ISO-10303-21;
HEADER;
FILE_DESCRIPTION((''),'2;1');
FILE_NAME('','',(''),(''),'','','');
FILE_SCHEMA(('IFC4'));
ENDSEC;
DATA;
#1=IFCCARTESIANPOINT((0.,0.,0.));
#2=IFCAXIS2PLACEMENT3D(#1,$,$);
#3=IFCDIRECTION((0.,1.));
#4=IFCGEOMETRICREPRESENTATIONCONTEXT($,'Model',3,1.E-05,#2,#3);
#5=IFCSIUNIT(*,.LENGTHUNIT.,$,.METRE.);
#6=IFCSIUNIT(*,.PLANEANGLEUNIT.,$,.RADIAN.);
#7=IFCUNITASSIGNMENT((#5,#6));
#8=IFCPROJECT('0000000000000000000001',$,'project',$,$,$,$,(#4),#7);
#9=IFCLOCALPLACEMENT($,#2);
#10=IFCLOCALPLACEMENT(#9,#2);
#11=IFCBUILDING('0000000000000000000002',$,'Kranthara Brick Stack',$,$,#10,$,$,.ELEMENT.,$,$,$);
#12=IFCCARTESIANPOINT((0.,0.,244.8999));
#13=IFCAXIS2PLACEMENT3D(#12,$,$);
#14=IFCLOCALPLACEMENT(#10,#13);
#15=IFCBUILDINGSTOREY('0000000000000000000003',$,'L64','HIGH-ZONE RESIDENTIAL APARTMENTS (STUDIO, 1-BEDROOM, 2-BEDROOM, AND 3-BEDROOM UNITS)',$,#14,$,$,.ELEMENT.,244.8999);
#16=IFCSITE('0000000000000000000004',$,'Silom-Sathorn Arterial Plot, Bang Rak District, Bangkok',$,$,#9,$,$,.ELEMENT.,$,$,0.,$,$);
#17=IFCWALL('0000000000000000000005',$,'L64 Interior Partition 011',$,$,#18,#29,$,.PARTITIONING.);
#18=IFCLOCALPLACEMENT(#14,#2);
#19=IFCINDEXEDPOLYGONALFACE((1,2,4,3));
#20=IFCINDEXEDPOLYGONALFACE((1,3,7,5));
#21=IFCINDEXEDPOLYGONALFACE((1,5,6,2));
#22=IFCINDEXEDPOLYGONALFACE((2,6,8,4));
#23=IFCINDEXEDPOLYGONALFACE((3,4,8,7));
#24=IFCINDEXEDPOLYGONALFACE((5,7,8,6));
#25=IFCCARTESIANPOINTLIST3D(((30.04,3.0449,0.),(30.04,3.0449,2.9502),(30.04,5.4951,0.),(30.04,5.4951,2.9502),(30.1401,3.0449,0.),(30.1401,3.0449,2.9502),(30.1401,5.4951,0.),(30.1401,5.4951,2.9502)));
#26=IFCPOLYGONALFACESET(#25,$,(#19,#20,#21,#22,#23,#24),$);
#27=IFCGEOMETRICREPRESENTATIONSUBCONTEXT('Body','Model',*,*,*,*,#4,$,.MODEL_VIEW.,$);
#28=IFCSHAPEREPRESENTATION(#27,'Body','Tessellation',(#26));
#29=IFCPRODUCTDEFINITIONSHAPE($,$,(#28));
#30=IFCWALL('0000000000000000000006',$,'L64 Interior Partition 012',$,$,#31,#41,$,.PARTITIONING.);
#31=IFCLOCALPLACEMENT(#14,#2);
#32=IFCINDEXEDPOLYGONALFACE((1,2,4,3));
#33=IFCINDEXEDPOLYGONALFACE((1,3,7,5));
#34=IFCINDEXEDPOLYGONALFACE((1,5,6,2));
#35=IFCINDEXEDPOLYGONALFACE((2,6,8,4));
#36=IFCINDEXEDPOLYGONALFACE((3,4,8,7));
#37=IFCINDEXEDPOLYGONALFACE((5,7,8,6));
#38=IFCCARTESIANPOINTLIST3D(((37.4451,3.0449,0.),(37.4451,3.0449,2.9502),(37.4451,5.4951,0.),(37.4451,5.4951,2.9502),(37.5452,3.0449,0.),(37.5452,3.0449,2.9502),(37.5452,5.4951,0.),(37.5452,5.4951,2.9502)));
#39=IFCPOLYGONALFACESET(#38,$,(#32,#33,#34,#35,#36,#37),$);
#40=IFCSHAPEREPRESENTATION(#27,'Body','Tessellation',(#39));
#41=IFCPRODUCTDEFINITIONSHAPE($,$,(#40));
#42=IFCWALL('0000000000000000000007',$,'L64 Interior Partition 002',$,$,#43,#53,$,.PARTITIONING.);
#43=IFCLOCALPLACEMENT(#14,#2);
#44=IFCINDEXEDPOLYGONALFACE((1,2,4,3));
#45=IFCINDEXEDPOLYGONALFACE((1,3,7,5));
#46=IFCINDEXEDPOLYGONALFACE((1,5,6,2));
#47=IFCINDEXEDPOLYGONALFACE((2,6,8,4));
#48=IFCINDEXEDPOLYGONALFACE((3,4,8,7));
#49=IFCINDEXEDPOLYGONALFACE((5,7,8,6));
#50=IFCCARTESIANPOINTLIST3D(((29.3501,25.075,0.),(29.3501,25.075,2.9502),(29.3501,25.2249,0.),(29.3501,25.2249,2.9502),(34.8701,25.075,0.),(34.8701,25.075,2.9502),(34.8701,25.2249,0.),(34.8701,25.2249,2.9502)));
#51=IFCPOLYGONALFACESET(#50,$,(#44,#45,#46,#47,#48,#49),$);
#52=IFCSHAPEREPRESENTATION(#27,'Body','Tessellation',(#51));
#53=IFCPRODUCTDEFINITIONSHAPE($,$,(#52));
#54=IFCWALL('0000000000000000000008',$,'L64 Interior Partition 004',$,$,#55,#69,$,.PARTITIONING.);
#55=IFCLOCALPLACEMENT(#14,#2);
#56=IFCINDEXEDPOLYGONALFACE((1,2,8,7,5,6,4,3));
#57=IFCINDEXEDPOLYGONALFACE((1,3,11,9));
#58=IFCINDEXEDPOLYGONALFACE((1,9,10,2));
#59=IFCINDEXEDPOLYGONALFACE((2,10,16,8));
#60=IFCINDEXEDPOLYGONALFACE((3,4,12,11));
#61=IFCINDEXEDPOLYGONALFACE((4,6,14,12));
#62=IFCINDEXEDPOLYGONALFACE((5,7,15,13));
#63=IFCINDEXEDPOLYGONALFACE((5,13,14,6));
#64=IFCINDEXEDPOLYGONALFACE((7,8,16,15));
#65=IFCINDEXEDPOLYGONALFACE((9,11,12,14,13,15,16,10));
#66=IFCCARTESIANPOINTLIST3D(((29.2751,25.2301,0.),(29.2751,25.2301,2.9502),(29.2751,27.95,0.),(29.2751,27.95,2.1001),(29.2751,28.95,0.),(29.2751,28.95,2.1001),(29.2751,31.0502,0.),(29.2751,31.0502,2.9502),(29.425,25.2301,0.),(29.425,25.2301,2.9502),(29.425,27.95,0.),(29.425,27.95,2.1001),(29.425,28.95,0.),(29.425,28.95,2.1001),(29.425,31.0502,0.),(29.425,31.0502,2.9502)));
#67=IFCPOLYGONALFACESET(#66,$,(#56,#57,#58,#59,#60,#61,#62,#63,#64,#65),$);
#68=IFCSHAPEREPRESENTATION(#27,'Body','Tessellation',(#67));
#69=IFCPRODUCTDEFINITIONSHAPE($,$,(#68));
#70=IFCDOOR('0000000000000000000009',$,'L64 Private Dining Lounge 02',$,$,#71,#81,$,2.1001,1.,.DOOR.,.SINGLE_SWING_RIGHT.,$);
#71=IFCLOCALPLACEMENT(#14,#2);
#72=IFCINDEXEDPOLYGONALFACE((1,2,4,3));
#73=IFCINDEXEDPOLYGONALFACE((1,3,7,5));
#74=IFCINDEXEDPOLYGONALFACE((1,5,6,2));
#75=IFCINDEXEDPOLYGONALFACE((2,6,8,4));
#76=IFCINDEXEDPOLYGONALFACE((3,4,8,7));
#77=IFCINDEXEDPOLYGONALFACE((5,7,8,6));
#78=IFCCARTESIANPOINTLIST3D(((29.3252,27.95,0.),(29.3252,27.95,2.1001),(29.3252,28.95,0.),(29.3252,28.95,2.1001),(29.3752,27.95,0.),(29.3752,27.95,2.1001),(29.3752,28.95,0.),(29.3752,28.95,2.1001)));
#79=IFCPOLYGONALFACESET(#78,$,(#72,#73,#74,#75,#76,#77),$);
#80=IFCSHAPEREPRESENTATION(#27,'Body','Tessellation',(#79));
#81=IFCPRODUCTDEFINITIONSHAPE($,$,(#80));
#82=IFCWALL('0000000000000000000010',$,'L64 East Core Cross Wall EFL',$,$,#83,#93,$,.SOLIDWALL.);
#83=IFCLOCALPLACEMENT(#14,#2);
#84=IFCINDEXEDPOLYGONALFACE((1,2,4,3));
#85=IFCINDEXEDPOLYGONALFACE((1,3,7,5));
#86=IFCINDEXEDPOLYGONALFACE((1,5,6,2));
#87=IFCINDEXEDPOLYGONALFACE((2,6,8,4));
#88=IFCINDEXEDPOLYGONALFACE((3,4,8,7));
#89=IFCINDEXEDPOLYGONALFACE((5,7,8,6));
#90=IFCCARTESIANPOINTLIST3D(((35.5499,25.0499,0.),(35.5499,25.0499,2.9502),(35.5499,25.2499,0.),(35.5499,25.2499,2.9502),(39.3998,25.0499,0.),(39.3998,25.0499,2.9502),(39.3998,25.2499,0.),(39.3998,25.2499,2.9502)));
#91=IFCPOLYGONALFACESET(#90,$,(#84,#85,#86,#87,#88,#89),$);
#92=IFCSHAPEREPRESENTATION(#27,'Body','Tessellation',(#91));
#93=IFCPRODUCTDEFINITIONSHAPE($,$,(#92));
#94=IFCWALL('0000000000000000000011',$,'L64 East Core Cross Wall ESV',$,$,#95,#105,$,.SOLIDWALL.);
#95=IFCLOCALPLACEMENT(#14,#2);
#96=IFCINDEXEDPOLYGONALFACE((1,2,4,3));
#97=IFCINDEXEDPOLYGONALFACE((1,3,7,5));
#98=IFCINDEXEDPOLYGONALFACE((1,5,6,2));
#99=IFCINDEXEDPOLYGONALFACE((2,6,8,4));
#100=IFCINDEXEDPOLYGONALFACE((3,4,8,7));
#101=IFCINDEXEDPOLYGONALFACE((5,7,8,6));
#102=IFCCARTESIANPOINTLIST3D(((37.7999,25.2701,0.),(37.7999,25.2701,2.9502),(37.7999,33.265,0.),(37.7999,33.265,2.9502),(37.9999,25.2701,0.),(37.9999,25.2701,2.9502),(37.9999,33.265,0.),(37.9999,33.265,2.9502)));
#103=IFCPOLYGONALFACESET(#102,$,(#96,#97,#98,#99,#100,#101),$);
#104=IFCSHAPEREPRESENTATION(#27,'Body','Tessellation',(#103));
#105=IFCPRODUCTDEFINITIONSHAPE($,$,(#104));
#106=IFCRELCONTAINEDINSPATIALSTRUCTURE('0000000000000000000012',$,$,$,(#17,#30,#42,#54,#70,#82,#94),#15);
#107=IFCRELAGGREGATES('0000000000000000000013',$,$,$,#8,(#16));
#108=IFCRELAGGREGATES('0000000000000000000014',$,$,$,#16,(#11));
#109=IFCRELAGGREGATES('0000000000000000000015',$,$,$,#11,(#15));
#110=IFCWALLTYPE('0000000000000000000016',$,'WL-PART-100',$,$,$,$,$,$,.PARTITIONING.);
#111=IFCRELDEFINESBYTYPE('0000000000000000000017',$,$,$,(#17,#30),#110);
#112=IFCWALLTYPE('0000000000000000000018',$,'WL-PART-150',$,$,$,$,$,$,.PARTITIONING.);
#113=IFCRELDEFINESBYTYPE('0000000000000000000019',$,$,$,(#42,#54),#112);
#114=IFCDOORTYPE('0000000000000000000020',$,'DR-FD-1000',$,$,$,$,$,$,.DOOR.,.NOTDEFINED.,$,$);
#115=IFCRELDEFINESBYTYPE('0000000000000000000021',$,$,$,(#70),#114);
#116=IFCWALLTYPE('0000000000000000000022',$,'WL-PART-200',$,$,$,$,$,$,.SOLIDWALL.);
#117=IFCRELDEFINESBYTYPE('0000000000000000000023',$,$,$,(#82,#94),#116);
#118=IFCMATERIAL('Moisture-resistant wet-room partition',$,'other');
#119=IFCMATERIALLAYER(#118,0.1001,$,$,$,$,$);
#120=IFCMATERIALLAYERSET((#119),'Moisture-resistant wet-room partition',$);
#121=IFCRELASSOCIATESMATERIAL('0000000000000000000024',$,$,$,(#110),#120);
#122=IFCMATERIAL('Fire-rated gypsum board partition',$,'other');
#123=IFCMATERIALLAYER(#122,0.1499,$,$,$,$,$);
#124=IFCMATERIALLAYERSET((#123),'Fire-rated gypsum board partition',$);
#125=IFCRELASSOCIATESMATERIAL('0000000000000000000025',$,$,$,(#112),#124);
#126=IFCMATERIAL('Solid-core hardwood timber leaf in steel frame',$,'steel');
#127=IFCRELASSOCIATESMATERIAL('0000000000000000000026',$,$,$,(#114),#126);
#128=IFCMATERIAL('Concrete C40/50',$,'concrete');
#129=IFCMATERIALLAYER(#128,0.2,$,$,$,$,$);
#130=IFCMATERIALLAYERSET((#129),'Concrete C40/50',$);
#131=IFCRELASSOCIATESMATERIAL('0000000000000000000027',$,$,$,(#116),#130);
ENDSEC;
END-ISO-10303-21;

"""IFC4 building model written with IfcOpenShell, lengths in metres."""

from ifc_helpers import new_model, si_unit, direction, frame, frame_2d, origin, place, context, subcontext, project, spatial, rectangle, extrude, material, layer, layer_set, type_object, element, fill, save


model = new_model("IFC4")

# Units and contexts
model_context = context("Model", 3, precision=1e-05, world=origin(), true_north=direction((0.0, 1.0)))
body_context = subcontext(model_context, "Body", "Model", "MODEL_VIEW")
ifc_project = project(units=[si_unit("LENGTHUNIT", "METRE"), si_unit("PLANEANGLEUNIT", "RADIAN")], contexts=[model_context])

# Site, building, storey
site_placement = place(None, origin())
site = spatial("IfcSite", under=ifc_project, at=site_placement, Name="Silom-Sathorn Arterial Plot, Bang Rak District, Bangkok", CompositionType="ELEMENT", RefElevation=0.0)
building_placement = place(site_placement, origin())
building = spatial("IfcBuilding", under=site, at=building_placement, Name="Kranthara Brick Stack", CompositionType="ELEMENT")
storey_placement = place(building_placement, frame((0.0, 0.0, 244.8999)))
storey = spatial("IfcBuildingStorey", under=building, at=storey_placement, Name="L64", Description="HIGH-ZONE RESIDENTIAL APARTMENTS (STUDIO, 1-BEDROOM, 2-BEDROOM, AND 3-BEDROOM UNITS)", CompositionType="ELEMENT", Elevation=244.8999)

# Walls
ifc_material_1 = material(Name="Moisture-resistant wet-room partition", Category="other")
ifc_layer_1 = layer(ifc_material_1, 0.1001)
ifc_layer_set_1 = layer_set([ifc_layer_1], Name="Moisture-resistant wet-room partition")
wall_type_1 = type_object("IfcWallType", Name="WL-PART-100", PredefinedType="PARTITIONING", material=ifc_layer_set_1)
for number, where, z_axis, x_axis, name in (
    (1, (30.0901, 3.0449, 0.0), (0.0, 0.0, 1.0), (0.0, 1.0, 0.0), "L64 Interior Partition 011"),
    (2, (37.4951, 3.0449, 0.0), (0.0, 0.0, 1.0), (0.0, 1.0, 0.0), "L64 Interior Partition 012"),
):
    element("IfcWall", number, at=place(storey_placement, frame(where, z_axis=z_axis, x_axis=x_axis)), inside=storey, type_object=wall_type_1, Name=name, PredefinedType="PARTITIONING", context=body_context, shape_type="SweptSolid", body=[
        extrude(rectangle(XDim=2.4502, YDim=0.1001, at=frame_2d((1.2251, 0.0))), origin(), (0.0, 0.0, 1.0), 2.9502),
    ])
ifc_material_2 = material(Name="Fire-rated gypsum board partition", Category="other")
ifc_layer_2 = layer(ifc_material_2, 0.1499)
ifc_layer_set_2 = layer_set([ifc_layer_2], Name="Fire-rated gypsum board partition")
wall_type_2 = type_object("IfcWallType", Name="WL-PART-150", PredefinedType="PARTITIONING", material=ifc_layer_set_2)
wall_1_placement = place(storey_placement, frame((29.3501, 25.1499, 0.0), z_axis=(0.0, 0.0, 1.0), x_axis=(1.0, 0.0, 0.0)))
element("IfcWall", 3, at=wall_1_placement, inside=storey, type_object=wall_type_2, Name="L64 Interior Partition 002", PredefinedType="PARTITIONING", context=body_context, shape_type="SweptSolid", body=[
    extrude(rectangle(XDim=5.52, YDim=0.1499, at=frame_2d((2.76, 0.0))), origin(), (0.0, 0.0, 1.0), 2.9502),
])

# Wall, opening, door
wall_2_placement = place(storey_placement, frame((29.3501, 25.23, 0.0), z_axis=(0.0, 0.0, 1.0), x_axis=(0.0, 1.0, 0.0)))
wall_2 = element("IfcWall", 4, at=wall_2_placement, inside=storey, type_object=wall_type_2, Name="L64 Interior Partition 004", PredefinedType="PARTITIONING", context=body_context, shape_type="SweptSolid", body=[
    extrude(rectangle(XDim=5.8201, YDim=0.1499, at=frame_2d((2.9102, 0.0))), origin(), (0.0, 0.0, 1.0), 2.9502),
])
opening_1_placement = place(wall_2_placement, frame((2.72, 0.0, 0.0)))
opening_1 = element("IfcOpeningElement", 5, at=opening_1_placement, cuts=wall_2, PredefinedType="OPENING", context=body_context, shape_type="SweptSolid", body=[
    extrude(rectangle(XDim=1.0, YDim=2.1001, at=frame_2d((0.5, 1.05))), frame((0.0, 0.085, 0.0), z_axis=(0.0, -1.0, 0.0), x_axis=(1.0, 0.0, 0.0)), (0.0, 0.0, 1.0), 0.1699),
])
ifc_material_3 = material(Name="Solid-core hardwood timber leaf in steel frame", Category="steel")
door_type_1 = type_object("IfcDoorType", Name="DR-FD-1000", OperationType="NOTDEFINED", PredefinedType="DOOR", material=ifc_material_3)
door_1_placement = place(opening_1_placement, origin())
door_1 = element("IfcDoor", 6, at=door_1_placement, inside=storey, type_object=door_type_1, Name="L64 Private Dining Lounge 02", OperationType="SINGLE_SWING_RIGHT", OverallHeight=2.1001, OverallWidth=1.0, PredefinedType="DOOR", context=body_context, shape_type="SweptSolid", body=[
    extrude(rectangle(XDim=1.0, YDim=2.1001, at=frame_2d((0.5, 1.05))), frame((0.0, 0.0249, 0.0), z_axis=(0.0, -1.0, 0.0), x_axis=(1.0, 0.0, 0.0)), (0.0, 0.0, 1.0), 0.05),
])
fill(opening_1, door_1)

# Walls
ifc_material_4 = material(Name="Concrete C40/50", Category="concrete")
ifc_layer_3 = layer(ifc_material_4, 0.2)
ifc_layer_set_3 = layer_set([ifc_layer_3], Name="Concrete C40/50")
wall_type_3 = type_object("IfcWallType", Name="WL-PART-200", PredefinedType="SOLIDWALL", material=ifc_layer_set_3)
wall_3_placement = place(storey_placement, frame((35.55, 25.1499, 0.0), z_axis=(0.0, 0.0, 1.0), x_axis=(1.0, 0.0, 0.0)))
element("IfcWall", 7, at=wall_3_placement, inside=storey, type_object=wall_type_3, Name="L64 East Core Cross Wall EFL", PredefinedType="SOLIDWALL", context=body_context, shape_type="SweptSolid", body=[
    extrude(rectangle(XDim=3.8499, YDim=0.2, at=frame_2d((1.9248, 0.0))), origin(), (0.0, 0.0, 1.0), 2.9502),
])
wall_4_placement = place(storey_placement, frame((37.8999, 25.27, 0.0), z_axis=(0.0, 0.0, 1.0), x_axis=(0.0, 1.0, 0.0)))
element("IfcWall", 8, at=wall_4_placement, inside=storey, type_object=wall_type_3, Name="L64 East Core Cross Wall ESV", PredefinedType="SOLIDWALL", context=body_context, shape_type="SweptSolid", body=[
    extrude(rectangle(XDim=7.9949, YDim=0.2, at=frame_2d((3.9976, 0.0))), origin(), (0.0, 0.0, 1.0), 2.9502),
])

save(model, "model.ifc")
